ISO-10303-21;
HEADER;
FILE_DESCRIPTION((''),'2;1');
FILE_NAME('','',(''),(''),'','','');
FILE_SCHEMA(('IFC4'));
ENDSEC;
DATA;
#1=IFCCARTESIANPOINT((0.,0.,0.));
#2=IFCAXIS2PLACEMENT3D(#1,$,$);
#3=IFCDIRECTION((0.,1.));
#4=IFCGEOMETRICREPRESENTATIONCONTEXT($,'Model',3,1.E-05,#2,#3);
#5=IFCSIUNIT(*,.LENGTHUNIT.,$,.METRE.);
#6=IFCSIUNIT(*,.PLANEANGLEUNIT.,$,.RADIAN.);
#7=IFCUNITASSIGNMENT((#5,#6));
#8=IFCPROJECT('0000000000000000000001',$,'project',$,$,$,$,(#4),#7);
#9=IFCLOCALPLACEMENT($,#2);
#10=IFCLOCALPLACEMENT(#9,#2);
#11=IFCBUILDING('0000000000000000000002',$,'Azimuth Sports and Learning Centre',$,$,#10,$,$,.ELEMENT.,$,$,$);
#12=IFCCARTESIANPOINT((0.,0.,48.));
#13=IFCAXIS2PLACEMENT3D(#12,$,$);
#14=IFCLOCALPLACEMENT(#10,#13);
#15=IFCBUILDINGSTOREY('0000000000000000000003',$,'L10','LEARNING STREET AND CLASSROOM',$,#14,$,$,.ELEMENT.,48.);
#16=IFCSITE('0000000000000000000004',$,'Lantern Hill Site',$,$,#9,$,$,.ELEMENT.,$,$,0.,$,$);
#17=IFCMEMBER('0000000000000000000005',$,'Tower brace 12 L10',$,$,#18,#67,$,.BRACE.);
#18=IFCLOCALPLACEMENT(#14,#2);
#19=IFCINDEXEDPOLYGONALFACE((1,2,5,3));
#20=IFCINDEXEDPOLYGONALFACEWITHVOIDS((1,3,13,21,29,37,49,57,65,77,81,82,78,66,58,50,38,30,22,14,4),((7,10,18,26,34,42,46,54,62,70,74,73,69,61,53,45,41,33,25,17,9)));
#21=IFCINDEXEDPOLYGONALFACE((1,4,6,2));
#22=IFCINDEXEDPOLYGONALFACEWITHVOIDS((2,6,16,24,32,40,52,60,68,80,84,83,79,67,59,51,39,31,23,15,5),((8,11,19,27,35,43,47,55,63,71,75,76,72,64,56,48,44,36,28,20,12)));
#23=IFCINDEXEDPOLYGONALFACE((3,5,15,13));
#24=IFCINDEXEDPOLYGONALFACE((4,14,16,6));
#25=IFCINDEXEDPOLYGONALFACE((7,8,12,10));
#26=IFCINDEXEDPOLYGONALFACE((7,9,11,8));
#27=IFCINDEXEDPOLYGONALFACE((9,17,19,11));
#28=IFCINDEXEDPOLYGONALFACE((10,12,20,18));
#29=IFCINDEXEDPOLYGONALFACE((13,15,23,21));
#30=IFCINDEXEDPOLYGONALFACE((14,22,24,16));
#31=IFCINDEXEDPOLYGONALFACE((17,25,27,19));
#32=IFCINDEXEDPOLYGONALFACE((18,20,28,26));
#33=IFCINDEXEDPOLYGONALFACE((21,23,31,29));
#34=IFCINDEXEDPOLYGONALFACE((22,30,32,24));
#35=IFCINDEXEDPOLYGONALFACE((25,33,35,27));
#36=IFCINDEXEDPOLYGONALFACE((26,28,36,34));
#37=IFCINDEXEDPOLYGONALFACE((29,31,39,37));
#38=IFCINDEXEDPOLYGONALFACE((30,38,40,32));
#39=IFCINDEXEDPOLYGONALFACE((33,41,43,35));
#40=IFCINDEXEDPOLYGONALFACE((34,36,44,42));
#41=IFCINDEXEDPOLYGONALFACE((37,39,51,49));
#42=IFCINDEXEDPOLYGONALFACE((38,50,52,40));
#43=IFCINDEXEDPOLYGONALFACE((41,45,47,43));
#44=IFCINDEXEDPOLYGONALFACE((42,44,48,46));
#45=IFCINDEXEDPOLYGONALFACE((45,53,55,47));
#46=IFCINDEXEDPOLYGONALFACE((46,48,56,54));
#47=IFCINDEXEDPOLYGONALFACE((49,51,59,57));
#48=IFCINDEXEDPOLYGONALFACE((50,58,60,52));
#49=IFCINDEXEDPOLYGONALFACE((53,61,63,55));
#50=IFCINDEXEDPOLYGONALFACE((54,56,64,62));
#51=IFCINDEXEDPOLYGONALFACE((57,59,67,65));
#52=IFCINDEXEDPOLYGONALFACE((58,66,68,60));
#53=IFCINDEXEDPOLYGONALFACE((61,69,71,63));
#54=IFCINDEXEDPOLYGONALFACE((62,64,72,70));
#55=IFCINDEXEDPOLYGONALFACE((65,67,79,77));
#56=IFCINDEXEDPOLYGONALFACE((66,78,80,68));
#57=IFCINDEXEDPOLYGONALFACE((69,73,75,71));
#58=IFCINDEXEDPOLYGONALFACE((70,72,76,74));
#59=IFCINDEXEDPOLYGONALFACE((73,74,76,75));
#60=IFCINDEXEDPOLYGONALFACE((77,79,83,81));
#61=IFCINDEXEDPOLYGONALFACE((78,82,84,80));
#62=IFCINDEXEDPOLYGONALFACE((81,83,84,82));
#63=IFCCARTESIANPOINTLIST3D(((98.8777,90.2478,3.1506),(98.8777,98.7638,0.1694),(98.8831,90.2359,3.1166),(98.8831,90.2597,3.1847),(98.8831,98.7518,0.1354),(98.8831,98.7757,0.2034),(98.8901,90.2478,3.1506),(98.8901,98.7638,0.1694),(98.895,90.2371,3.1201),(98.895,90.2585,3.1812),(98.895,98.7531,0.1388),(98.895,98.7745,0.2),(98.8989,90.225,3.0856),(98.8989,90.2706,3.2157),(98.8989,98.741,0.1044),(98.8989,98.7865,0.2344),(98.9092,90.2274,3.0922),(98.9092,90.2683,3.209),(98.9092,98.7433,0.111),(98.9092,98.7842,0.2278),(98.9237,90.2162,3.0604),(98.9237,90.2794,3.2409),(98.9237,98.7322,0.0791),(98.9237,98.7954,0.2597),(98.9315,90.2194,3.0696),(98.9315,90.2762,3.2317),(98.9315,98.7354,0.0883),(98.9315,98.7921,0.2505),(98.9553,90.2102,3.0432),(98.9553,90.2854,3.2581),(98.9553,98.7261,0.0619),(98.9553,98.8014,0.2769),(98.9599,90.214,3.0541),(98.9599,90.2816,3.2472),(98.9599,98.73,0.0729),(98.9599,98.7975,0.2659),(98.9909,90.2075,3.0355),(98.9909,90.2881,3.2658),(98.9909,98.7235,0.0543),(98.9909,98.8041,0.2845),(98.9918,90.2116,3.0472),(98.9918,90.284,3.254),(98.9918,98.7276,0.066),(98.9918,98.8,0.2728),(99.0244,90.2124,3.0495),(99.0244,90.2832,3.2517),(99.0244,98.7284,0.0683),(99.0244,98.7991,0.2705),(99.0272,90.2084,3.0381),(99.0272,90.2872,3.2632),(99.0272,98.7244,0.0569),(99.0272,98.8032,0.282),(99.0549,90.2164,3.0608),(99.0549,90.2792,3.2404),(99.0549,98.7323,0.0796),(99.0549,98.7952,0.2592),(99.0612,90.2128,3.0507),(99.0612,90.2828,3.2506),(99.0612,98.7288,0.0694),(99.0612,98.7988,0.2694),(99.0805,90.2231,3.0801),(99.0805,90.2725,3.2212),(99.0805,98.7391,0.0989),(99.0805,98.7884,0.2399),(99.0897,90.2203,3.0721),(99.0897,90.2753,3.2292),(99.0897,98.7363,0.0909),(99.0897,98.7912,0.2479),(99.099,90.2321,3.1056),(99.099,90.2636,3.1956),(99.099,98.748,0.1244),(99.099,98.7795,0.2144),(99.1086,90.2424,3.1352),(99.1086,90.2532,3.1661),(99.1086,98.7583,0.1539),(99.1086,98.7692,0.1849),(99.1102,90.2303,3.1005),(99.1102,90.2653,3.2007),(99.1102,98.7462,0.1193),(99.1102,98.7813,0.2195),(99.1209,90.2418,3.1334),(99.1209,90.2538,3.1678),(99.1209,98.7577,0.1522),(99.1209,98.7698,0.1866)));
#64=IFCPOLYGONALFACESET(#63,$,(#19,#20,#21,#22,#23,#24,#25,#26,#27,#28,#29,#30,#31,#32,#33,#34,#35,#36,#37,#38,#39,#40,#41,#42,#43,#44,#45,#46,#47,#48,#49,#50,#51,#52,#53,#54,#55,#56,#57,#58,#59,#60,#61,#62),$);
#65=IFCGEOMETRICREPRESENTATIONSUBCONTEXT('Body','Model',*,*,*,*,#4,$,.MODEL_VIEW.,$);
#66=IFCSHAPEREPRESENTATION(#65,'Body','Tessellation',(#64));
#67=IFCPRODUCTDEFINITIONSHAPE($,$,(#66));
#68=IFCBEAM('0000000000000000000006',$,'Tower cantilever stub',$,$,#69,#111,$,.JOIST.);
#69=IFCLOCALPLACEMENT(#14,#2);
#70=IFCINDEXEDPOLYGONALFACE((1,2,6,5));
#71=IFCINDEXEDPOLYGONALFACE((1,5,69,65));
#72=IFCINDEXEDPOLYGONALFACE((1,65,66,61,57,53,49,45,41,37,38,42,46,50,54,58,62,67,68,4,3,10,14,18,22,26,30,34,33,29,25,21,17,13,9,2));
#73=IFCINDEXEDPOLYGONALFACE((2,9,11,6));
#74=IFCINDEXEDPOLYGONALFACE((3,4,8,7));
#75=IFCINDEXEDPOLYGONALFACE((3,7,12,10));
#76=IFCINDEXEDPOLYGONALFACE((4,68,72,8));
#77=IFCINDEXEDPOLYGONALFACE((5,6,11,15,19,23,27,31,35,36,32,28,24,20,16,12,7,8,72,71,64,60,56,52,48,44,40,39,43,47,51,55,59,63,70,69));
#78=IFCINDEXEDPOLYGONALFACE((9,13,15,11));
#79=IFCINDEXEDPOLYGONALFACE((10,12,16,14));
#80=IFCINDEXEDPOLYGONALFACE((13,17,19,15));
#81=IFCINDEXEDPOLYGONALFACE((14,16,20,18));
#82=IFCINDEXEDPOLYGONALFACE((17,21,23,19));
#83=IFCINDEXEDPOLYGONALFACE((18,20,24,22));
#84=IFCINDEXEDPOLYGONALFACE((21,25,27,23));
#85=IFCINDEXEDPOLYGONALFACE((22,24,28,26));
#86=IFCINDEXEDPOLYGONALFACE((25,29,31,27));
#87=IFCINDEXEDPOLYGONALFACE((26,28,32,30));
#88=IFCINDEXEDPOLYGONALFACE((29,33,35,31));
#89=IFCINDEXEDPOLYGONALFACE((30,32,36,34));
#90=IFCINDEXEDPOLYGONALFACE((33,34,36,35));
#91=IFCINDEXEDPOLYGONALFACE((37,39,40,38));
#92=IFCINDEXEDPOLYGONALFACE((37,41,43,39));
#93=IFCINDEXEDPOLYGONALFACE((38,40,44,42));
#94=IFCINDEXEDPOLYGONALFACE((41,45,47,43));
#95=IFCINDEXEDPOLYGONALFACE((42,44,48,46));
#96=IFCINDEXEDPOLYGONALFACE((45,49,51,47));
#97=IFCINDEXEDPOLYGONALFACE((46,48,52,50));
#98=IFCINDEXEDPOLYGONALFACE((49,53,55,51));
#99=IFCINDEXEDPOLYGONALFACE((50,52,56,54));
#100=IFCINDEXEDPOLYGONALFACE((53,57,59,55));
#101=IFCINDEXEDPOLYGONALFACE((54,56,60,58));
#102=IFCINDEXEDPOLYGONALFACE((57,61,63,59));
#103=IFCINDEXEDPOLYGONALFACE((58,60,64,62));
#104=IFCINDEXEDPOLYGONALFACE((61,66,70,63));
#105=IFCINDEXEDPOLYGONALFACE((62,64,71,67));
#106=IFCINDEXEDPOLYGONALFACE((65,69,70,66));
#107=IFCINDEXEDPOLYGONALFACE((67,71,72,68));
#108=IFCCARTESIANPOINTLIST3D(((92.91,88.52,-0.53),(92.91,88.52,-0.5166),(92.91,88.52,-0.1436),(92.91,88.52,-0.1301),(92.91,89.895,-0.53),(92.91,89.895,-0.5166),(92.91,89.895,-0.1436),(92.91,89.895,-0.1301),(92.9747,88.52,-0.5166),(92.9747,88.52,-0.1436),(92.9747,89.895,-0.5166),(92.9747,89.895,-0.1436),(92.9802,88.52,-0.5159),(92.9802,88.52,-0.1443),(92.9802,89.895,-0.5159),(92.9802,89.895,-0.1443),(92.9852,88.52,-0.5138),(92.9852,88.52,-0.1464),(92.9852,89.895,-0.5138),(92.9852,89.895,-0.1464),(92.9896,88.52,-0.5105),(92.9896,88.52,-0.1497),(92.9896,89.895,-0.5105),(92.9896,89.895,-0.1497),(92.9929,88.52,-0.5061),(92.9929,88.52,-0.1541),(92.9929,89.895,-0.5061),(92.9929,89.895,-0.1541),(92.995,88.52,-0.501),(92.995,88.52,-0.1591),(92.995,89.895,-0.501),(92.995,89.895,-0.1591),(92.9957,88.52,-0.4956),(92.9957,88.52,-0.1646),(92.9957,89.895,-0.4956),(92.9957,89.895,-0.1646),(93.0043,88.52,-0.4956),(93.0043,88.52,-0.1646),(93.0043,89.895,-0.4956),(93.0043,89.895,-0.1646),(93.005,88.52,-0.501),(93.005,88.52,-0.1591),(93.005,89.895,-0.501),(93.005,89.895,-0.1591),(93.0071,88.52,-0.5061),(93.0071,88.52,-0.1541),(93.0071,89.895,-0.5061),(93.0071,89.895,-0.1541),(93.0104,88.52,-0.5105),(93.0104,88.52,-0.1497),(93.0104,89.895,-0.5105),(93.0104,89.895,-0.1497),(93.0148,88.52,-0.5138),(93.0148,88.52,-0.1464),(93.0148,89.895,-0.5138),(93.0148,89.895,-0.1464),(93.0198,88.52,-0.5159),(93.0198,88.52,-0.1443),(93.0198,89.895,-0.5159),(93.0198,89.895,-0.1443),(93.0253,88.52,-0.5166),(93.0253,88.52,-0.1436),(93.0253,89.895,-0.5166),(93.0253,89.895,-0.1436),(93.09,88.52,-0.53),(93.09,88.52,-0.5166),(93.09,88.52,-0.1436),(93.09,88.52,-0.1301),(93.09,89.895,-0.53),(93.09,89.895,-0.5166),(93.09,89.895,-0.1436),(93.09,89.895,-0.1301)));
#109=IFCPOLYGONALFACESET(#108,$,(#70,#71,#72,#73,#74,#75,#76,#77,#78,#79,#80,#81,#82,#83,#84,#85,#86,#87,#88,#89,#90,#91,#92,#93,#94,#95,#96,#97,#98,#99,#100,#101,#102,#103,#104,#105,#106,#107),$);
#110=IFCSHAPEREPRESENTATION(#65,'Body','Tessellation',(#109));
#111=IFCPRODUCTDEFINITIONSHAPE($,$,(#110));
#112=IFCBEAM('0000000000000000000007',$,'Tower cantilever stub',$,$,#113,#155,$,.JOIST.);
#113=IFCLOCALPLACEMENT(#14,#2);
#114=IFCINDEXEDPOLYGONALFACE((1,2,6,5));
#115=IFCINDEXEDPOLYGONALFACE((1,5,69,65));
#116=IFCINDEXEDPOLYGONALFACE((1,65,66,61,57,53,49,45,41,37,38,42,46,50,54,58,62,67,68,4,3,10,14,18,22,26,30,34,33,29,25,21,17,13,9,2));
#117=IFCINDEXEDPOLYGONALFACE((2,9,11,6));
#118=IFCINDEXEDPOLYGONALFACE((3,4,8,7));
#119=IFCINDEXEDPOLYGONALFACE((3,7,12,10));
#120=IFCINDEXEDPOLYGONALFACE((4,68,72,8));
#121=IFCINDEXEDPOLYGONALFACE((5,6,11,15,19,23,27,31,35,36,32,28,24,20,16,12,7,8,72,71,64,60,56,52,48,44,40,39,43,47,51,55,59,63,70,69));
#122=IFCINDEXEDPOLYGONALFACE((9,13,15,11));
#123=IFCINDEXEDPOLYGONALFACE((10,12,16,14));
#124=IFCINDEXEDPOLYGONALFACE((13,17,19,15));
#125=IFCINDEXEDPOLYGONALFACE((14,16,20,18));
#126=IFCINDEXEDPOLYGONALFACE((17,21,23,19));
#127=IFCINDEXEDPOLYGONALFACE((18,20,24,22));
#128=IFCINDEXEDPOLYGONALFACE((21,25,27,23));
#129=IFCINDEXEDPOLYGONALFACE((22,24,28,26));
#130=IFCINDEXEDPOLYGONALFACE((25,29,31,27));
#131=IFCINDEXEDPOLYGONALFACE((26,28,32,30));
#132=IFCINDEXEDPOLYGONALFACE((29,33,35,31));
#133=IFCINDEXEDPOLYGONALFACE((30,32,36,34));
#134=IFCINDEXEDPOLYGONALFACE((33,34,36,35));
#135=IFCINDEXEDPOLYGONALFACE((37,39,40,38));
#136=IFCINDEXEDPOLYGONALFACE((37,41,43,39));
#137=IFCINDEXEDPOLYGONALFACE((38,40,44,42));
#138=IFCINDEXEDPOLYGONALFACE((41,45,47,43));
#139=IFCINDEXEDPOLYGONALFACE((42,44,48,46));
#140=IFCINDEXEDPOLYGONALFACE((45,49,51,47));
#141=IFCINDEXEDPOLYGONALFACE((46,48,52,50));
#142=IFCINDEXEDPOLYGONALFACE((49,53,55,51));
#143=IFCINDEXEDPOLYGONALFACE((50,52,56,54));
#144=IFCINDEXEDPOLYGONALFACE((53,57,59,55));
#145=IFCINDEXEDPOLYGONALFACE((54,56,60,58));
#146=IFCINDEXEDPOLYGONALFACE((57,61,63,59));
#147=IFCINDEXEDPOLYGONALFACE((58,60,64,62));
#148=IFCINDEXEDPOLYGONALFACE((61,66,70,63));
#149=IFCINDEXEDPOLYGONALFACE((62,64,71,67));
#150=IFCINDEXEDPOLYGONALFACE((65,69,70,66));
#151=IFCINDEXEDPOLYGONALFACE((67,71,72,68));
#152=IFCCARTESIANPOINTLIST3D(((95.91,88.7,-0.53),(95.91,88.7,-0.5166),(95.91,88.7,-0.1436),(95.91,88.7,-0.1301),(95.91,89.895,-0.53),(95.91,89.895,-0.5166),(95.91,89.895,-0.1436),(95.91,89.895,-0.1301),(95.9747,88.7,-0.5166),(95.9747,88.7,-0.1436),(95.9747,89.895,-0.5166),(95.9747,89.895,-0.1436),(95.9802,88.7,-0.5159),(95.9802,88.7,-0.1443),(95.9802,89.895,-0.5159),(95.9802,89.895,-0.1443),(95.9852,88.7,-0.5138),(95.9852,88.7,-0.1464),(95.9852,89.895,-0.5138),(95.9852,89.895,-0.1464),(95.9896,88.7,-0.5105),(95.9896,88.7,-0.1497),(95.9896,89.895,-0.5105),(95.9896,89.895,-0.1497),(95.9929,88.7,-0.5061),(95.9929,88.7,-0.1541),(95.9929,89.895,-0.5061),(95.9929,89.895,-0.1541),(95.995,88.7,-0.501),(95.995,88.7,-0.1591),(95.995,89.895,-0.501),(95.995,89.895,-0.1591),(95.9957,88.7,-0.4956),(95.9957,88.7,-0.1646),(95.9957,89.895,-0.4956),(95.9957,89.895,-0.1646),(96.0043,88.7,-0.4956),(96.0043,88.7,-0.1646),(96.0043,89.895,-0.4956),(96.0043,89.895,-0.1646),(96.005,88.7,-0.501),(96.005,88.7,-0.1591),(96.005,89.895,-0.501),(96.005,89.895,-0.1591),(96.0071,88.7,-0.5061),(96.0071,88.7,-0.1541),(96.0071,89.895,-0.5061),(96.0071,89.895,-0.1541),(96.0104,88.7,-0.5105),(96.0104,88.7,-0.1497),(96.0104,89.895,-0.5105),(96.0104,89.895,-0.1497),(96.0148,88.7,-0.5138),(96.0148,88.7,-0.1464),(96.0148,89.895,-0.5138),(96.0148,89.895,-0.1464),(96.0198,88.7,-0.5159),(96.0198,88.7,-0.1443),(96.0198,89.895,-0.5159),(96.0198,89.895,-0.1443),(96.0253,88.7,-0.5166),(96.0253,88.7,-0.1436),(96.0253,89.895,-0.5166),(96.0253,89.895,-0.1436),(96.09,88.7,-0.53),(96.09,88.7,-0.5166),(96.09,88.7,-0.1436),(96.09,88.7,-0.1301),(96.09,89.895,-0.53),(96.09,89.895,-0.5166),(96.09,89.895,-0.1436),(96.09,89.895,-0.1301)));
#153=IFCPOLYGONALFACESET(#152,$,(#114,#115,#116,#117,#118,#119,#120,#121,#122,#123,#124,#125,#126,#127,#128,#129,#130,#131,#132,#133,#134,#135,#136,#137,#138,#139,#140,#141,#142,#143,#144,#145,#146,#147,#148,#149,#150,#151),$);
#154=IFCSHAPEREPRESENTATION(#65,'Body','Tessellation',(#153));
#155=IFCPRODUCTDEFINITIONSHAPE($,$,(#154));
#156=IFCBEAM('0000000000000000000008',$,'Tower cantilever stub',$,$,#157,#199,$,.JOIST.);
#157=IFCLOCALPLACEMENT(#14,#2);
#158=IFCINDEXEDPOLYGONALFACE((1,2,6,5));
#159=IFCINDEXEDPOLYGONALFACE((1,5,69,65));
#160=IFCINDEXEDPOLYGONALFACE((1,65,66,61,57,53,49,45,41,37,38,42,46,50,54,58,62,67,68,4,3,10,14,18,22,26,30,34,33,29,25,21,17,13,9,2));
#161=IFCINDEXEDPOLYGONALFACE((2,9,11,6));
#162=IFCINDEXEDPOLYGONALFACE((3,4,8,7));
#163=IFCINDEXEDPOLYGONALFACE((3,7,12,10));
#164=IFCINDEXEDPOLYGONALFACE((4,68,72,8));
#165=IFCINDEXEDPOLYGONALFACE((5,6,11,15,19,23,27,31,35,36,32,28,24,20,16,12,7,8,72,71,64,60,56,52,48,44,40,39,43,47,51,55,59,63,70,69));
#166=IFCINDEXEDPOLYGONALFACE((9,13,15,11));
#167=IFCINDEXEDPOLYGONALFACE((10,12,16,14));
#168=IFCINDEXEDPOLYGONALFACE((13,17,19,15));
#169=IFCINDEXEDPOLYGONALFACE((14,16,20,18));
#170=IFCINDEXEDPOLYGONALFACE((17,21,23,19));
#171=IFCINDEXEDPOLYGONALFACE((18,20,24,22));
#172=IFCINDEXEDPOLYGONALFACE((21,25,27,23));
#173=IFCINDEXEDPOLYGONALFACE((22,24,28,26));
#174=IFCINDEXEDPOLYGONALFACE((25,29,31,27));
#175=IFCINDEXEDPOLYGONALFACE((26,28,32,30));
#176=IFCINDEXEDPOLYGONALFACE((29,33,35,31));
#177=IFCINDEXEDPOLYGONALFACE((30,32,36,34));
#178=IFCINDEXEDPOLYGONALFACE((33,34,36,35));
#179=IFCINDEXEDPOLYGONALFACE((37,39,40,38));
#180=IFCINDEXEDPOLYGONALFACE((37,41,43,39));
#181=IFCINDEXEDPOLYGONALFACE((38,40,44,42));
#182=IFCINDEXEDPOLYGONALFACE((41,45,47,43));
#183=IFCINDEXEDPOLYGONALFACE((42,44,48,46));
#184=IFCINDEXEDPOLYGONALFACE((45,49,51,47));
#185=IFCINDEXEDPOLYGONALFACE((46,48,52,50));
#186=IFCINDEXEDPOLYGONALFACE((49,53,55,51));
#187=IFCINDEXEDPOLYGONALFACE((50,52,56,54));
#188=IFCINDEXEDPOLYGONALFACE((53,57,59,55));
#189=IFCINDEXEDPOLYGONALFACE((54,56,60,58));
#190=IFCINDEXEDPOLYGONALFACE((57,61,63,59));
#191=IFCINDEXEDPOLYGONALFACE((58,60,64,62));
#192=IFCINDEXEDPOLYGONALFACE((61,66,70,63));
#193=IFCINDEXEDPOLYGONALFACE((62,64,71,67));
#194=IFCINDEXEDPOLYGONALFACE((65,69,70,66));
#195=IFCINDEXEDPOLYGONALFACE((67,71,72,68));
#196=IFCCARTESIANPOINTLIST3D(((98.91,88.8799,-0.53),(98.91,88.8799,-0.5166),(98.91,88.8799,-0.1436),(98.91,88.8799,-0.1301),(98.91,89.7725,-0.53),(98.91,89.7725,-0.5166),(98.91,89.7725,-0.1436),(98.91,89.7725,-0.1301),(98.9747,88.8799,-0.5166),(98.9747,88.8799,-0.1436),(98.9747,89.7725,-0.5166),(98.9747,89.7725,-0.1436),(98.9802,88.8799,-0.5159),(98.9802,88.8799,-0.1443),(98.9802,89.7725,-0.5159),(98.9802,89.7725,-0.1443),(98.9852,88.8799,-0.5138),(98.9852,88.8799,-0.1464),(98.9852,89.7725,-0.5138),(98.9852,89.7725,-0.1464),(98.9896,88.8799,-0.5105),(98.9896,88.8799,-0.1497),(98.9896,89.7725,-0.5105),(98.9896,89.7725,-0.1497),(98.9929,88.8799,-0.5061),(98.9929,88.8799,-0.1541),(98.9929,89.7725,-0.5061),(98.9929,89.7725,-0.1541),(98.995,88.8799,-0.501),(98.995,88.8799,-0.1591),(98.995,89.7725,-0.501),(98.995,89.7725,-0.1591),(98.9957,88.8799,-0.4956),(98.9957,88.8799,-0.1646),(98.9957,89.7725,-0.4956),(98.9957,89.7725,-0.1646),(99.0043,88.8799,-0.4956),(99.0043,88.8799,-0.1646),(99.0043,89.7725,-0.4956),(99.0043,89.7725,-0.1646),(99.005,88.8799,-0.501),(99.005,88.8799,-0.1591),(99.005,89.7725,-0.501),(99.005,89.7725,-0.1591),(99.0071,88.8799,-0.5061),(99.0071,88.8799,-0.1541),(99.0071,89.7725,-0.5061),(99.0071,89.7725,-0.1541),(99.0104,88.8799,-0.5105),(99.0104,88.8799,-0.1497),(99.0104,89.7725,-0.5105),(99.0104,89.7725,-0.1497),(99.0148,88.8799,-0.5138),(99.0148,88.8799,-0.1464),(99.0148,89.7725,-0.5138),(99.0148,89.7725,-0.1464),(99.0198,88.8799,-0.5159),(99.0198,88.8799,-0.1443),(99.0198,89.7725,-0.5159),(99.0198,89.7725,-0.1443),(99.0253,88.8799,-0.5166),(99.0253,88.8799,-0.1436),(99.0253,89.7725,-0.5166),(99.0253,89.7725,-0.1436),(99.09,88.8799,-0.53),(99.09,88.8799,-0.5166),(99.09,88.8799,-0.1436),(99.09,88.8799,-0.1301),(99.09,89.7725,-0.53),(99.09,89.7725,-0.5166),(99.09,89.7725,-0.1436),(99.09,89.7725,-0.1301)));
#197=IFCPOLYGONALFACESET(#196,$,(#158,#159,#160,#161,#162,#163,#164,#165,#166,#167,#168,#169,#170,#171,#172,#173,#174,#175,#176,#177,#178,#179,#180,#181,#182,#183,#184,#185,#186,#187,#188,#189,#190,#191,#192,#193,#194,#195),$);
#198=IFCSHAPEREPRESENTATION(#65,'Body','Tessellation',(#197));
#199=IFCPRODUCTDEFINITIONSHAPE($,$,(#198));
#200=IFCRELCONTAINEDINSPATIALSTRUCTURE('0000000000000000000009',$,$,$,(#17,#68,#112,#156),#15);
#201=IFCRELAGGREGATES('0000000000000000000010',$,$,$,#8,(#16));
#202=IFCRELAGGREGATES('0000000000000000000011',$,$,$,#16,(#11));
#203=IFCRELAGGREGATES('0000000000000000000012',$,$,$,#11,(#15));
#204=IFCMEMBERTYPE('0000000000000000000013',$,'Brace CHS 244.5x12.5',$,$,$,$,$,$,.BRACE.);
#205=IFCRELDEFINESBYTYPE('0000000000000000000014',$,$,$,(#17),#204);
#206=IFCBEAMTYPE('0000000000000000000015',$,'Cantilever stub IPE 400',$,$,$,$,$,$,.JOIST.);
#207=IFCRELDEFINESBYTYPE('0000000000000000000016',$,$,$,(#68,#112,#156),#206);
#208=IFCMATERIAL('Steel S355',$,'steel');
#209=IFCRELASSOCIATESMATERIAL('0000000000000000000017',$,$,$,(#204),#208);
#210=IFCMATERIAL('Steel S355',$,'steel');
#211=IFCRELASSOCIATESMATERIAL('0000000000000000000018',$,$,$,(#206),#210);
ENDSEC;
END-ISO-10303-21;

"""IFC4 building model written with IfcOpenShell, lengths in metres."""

from ifc_helpers import new_model, si_unit, direction, frame, origin, origin_2d, place, context, subcontext, project, spatial, hollow_circle, i_section, extrude, material, material_profile, profile_set, type_object, element, save


model = new_model("IFC4")

# Units and contexts
model_context = context("Model", 3, precision=1e-05, world=origin(), true_north=direction((0.0, 1.0)))
body_context = subcontext(model_context, "Body", "Model", "MODEL_VIEW")
ifc_project = project(units=[si_unit("LENGTHUNIT", "METRE"), si_unit("PLANEANGLEUNIT", "RADIAN")], contexts=[model_context])

# Site, building, storey
site_placement = place(None, origin())
site = spatial("IfcSite", under=ifc_project, at=site_placement, Name="Lantern Hill Site", CompositionType="ELEMENT", RefElevation=0.0)
building_placement = place(site_placement, origin())
building = spatial("IfcBuilding", under=site, at=building_placement, Name="Azimuth Sports and Learning Centre", CompositionType="ELEMENT")
storey_placement = place(building_placement, frame((0.0, 0.0, 48.0)))
storey = spatial("IfcBuildingStorey", under=building, at=storey_placement, Name="L10", Description="LEARNING STREET AND CLASSROOM", CompositionType="ELEMENT", Elevation=48.0)

# Member
ifc_material_1 = material(Name="Steel S355", Category="steel")
ifc_material_profile_1 = material_profile(ifc_material_1, hollow_circle(Radius=0.1223, WallThickness=0.0125, at=origin_2d()), Name="CHS 244.5x12.5")
ifc_profile_set_1 = profile_set([ifc_material_profile_1], Name="Steel S355")
member_type_1 = type_object("IfcMemberType", Name="Brace CHS 244.5x12.5", PredefinedType="BRACE", material=ifc_profile_set_1)
member_1_placement = place(storey_placement, frame((99.0, 90.2478, 3.1506), z_axis=(0.0, 0.943836, -0.330414), x_axis=(-1.0, 0.0, 0.0)))
element("IfcMember", 1, at=member_1_placement, inside=storey, type_object=member_type_1, Name="Tower brace 12 L10", PredefinedType="BRACE", context=body_context, shape_type="SweptSolid", body=[
    extrude(hollow_circle(Radius=0.1223, WallThickness=0.0125, at=origin_2d()), origin(), (0.0, 0.0, 1.0), 9.0227),
])

# Beams
ifc_material_2 = material(Name="Steel S355", Category="steel")
ifc_material_profile_2 = material_profile(ifc_material_2, i_section(OverallWidth=0.1799, OverallDepth=0.3999, WebThickness=0.0085, FlangeThickness=0.0134, FilletRadius=0.021, at=origin_2d()), Name="IPE 400")
ifc_profile_set_2 = profile_set([ifc_material_profile_2], Name="Steel S355")
beam_type_1 = type_object("IfcBeamType", Name="Cantilever stub IPE 400", PredefinedType="JOIST", material=ifc_profile_set_2)
beam_1_placement = place(storey_placement, frame((93.0, 89.895, -0.3301), z_axis=(0.0, -1.0, 0.0), x_axis=(1.0, 0.0, 0.0)))
element("IfcBeam", 2, at=beam_1_placement, inside=storey, type_object=beam_type_1, Name="Tower cantilever stub", PredefinedType="JOIST", context=body_context, shape_type="SweptSolid", body=[
    extrude(i_section(OverallWidth=0.1799, OverallDepth=0.3999, WebThickness=0.0085, FlangeThickness=0.0134, FilletRadius=0.021, at=origin_2d()), origin(), (0.0, 0.0, 1.0), 1.375),
])
beam_2_placement = place(storey_placement, frame((96.0, 89.895, -0.3301), z_axis=(0.0, -1.0, 0.0), x_axis=(1.0, 0.0, 0.0)))
element("IfcBeam", 3, at=beam_2_placement, inside=storey, type_object=beam_type_1, Name="Tower cantilever stub", PredefinedType="JOIST", context=body_context, shape_type="SweptSolid", body=[
    extrude(i_section(OverallWidth=0.1799, OverallDepth=0.3999, WebThickness=0.0085, FlangeThickness=0.0134, FilletRadius=0.021, at=origin_2d()), origin(), (0.0, 0.0, 1.0), 1.1951),
])
beam_3_placement = place(storey_placement, frame((99.0, 89.7725, -0.3301), z_axis=(0.0, -1.0, 0.0), x_axis=(1.0, 0.0, 0.0)))
element("IfcBeam", 4, at=beam_3_placement, inside=storey, type_object=beam_type_1, Name="Tower cantilever stub", PredefinedType="JOIST", context=body_context, shape_type="SweptSolid", body=[
    extrude(i_section(OverallWidth=0.1799, OverallDepth=0.3999, WebThickness=0.0085, FlangeThickness=0.0134, FilletRadius=0.021, at=origin_2d()), origin(), (0.0, 0.0, 1.0), 0.8926),
])

save(model, "model.ifc")
